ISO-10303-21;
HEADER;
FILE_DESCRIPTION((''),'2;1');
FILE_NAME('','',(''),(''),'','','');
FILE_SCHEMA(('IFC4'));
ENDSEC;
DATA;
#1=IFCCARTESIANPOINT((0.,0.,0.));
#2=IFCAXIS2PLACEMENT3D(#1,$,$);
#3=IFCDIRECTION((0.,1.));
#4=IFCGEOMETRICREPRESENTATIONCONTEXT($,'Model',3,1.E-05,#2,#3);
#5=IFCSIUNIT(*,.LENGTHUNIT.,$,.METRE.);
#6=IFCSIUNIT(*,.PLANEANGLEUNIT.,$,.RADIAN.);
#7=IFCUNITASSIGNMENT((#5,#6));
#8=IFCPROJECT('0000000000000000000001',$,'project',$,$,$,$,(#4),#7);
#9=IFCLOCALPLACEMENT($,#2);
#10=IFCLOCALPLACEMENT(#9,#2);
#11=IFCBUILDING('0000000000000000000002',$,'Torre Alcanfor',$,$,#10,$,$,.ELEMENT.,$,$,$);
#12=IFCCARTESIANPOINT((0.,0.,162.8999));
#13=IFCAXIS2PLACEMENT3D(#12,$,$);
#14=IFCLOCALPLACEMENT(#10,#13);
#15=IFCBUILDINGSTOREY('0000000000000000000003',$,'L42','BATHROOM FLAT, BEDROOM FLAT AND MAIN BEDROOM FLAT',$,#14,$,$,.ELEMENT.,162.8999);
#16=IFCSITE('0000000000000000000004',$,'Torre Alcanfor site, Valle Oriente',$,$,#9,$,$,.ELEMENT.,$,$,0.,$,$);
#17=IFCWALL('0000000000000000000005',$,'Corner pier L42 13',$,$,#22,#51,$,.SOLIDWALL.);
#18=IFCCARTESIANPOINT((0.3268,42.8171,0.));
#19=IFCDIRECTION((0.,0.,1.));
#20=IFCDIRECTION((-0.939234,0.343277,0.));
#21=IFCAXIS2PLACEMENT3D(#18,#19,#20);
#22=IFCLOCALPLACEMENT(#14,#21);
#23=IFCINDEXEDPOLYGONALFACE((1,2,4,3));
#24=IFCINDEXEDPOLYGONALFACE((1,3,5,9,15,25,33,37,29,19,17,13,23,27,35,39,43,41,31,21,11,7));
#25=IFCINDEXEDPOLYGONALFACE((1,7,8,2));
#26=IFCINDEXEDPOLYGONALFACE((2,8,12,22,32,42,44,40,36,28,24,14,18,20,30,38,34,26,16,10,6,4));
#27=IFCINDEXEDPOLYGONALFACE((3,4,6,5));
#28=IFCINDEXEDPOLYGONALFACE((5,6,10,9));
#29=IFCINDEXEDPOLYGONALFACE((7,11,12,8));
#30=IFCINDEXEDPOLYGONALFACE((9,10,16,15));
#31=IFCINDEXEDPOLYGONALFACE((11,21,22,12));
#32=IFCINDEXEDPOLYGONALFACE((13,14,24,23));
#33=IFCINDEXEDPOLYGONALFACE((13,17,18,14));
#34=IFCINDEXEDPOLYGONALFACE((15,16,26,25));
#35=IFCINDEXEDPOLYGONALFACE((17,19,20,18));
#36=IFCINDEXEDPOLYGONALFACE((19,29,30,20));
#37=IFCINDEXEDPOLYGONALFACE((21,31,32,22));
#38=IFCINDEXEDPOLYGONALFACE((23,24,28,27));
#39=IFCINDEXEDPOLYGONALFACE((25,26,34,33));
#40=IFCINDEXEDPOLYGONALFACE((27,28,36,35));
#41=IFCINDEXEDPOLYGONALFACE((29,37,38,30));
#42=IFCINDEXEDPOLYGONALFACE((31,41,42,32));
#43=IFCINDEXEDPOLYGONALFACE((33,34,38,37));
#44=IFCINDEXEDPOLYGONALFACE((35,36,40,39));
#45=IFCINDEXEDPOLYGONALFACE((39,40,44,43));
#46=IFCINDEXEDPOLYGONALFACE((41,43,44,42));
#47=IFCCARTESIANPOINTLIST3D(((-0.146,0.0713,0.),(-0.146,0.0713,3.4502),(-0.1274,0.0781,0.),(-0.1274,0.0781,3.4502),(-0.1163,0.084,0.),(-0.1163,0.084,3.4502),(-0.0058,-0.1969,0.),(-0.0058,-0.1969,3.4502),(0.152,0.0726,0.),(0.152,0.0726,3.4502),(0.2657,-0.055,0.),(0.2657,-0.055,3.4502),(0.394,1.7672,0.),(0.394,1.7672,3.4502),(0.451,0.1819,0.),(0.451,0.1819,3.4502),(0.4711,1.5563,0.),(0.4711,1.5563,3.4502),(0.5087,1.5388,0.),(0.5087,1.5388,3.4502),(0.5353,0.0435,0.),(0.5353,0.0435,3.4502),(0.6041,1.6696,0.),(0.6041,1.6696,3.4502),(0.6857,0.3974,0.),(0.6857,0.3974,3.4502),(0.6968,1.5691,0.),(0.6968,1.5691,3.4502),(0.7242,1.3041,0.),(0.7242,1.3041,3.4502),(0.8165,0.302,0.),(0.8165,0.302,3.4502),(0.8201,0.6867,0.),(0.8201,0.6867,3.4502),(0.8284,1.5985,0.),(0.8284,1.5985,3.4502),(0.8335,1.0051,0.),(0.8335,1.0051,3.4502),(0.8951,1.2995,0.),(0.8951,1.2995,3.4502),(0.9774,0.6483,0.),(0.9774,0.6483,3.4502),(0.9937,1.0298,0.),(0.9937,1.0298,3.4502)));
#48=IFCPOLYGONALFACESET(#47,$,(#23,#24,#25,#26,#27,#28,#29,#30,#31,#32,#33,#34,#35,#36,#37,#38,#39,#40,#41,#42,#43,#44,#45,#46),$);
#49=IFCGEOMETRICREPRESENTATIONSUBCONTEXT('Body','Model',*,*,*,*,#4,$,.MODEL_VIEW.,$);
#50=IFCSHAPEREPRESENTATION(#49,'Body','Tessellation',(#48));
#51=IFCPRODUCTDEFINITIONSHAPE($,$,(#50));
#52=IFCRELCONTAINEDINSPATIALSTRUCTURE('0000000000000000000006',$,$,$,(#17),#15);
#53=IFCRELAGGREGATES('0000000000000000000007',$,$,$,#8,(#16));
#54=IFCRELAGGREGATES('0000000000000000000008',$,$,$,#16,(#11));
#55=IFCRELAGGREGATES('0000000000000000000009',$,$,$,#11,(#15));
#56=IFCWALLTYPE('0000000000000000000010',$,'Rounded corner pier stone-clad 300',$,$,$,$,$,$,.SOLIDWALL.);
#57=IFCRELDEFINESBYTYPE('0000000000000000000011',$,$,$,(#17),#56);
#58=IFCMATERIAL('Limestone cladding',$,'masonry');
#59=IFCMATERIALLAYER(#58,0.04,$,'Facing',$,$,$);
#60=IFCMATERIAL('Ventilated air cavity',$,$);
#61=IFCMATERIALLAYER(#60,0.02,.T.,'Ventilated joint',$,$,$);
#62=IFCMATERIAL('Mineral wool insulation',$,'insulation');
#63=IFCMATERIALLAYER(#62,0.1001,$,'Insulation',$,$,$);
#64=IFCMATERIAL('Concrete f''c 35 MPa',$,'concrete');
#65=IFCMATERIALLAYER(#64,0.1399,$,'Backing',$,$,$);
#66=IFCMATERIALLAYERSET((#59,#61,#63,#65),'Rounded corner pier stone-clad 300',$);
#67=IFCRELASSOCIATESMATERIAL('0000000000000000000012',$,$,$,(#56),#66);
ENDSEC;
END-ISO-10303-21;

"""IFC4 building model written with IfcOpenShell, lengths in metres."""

from ifc_helpers import new_model, si_unit, direction, frame, origin, place, context, subcontext, project, spatial, polyline, outline, extrude, material, layer, layer_set, type_object, element, save


model = new_model("IFC4")

# Units and contexts
model_context = context("Model", 3, precision=1e-05, world=origin(), true_north=direction((0.0, 1.0)))
body_context = subcontext(model_context, "Body", "Model", "MODEL_VIEW")
ifc_project = project(units=[si_unit("LENGTHUNIT", "METRE"), si_unit("PLANEANGLEUNIT", "RADIAN")], contexts=[model_context])

# Site, building, storey
site_placement = place(None, origin())
site = spatial("IfcSite", under=ifc_project, at=site_placement, Name="Torre Alcanfor site, Valle Oriente", CompositionType="ELEMENT", RefElevation=0.0)
building_placement = place(site_placement, origin())
building = spatial("IfcBuilding", under=site, at=building_placement, Name="Torre Alcanfor", CompositionType="ELEMENT")
storey_placement = place(building_placement, frame((0.0, 0.0, 162.8999)))
storey = spatial("IfcBuildingStorey", under=building, at=storey_placement, Name="L42", Description="BATHROOM FLAT, BEDROOM FLAT AND MAIN BEDROOM FLAT", CompositionType="ELEMENT", Elevation=162.8999)

# Wall
ifc_material_1 = material(Name="Limestone cladding", Category="masonry")
ifc_layer_1 = layer(ifc_material_1, 0.04, Name="Facing")
ifc_material_2 = material(Name="Ventilated air cavity")
ifc_layer_2 = layer(ifc_material_2, 0.02, ventilated=True, Name="Ventilated joint")
ifc_material_3 = material(Name="Mineral wool insulation", Category="insulation")
ifc_layer_3 = layer(ifc_material_3, 0.1001, Name="Insulation")
ifc_material_4 = material(Name="Concrete f'c 35 MPa", Category="concrete")
ifc_layer_4 = layer(ifc_material_4, 0.1399, Name="Backing")
ifc_layer_set_1 = layer_set([ifc_layer_1, ifc_layer_2, ifc_layer_3, ifc_layer_4], Name="Rounded corner pier stone-clad 300")
wall_type_1 = type_object("IfcWallType", Name="Rounded corner pier stone-clad 300", PredefinedType="SOLIDWALL", material=ifc_layer_set_1)
wall_1_placement = place(storey_placement, frame((0.3268, 42.8171, 0.0), z_axis=(0.0, 0.0, 1.0), x_axis=(-0.939234, 0.343277, 0.0)))
element("IfcWall", 1, at=wall_1_placement, inside=storey, type_object=wall_type_1, Name="Corner pier L42 13", PredefinedType="SOLIDWALL", context=body_context, shape_type="SweptSolid", body=[
    extrude(outline(polyline([(-0.0058, -0.1969), (0.2657, -0.055), (0.5353, 0.0435), (0.8165, 0.302), (0.9774, 0.6483), (0.9937, 1.0298), (0.8951, 1.2995), (0.8284, 1.5985), (0.6968, 1.5691), (0.6041, 1.6696), (0.394, 1.7672), (0.4711, 1.5563), (0.5087, 1.5388), (0.7242, 1.3041), (0.8335, 1.0051), (0.8201, 0.6867), (0.6857, 0.3974), (0.451, 0.1819), (0.152, 0.0726), (-0.1163, 0.084), (-0.1274, 0.0781), (-0.146, 0.0713), (-0.0058, -0.1969)])), origin(), (0.0, 0.0, 1.0), 3.4502),
])

save(model, "model.ifc")
